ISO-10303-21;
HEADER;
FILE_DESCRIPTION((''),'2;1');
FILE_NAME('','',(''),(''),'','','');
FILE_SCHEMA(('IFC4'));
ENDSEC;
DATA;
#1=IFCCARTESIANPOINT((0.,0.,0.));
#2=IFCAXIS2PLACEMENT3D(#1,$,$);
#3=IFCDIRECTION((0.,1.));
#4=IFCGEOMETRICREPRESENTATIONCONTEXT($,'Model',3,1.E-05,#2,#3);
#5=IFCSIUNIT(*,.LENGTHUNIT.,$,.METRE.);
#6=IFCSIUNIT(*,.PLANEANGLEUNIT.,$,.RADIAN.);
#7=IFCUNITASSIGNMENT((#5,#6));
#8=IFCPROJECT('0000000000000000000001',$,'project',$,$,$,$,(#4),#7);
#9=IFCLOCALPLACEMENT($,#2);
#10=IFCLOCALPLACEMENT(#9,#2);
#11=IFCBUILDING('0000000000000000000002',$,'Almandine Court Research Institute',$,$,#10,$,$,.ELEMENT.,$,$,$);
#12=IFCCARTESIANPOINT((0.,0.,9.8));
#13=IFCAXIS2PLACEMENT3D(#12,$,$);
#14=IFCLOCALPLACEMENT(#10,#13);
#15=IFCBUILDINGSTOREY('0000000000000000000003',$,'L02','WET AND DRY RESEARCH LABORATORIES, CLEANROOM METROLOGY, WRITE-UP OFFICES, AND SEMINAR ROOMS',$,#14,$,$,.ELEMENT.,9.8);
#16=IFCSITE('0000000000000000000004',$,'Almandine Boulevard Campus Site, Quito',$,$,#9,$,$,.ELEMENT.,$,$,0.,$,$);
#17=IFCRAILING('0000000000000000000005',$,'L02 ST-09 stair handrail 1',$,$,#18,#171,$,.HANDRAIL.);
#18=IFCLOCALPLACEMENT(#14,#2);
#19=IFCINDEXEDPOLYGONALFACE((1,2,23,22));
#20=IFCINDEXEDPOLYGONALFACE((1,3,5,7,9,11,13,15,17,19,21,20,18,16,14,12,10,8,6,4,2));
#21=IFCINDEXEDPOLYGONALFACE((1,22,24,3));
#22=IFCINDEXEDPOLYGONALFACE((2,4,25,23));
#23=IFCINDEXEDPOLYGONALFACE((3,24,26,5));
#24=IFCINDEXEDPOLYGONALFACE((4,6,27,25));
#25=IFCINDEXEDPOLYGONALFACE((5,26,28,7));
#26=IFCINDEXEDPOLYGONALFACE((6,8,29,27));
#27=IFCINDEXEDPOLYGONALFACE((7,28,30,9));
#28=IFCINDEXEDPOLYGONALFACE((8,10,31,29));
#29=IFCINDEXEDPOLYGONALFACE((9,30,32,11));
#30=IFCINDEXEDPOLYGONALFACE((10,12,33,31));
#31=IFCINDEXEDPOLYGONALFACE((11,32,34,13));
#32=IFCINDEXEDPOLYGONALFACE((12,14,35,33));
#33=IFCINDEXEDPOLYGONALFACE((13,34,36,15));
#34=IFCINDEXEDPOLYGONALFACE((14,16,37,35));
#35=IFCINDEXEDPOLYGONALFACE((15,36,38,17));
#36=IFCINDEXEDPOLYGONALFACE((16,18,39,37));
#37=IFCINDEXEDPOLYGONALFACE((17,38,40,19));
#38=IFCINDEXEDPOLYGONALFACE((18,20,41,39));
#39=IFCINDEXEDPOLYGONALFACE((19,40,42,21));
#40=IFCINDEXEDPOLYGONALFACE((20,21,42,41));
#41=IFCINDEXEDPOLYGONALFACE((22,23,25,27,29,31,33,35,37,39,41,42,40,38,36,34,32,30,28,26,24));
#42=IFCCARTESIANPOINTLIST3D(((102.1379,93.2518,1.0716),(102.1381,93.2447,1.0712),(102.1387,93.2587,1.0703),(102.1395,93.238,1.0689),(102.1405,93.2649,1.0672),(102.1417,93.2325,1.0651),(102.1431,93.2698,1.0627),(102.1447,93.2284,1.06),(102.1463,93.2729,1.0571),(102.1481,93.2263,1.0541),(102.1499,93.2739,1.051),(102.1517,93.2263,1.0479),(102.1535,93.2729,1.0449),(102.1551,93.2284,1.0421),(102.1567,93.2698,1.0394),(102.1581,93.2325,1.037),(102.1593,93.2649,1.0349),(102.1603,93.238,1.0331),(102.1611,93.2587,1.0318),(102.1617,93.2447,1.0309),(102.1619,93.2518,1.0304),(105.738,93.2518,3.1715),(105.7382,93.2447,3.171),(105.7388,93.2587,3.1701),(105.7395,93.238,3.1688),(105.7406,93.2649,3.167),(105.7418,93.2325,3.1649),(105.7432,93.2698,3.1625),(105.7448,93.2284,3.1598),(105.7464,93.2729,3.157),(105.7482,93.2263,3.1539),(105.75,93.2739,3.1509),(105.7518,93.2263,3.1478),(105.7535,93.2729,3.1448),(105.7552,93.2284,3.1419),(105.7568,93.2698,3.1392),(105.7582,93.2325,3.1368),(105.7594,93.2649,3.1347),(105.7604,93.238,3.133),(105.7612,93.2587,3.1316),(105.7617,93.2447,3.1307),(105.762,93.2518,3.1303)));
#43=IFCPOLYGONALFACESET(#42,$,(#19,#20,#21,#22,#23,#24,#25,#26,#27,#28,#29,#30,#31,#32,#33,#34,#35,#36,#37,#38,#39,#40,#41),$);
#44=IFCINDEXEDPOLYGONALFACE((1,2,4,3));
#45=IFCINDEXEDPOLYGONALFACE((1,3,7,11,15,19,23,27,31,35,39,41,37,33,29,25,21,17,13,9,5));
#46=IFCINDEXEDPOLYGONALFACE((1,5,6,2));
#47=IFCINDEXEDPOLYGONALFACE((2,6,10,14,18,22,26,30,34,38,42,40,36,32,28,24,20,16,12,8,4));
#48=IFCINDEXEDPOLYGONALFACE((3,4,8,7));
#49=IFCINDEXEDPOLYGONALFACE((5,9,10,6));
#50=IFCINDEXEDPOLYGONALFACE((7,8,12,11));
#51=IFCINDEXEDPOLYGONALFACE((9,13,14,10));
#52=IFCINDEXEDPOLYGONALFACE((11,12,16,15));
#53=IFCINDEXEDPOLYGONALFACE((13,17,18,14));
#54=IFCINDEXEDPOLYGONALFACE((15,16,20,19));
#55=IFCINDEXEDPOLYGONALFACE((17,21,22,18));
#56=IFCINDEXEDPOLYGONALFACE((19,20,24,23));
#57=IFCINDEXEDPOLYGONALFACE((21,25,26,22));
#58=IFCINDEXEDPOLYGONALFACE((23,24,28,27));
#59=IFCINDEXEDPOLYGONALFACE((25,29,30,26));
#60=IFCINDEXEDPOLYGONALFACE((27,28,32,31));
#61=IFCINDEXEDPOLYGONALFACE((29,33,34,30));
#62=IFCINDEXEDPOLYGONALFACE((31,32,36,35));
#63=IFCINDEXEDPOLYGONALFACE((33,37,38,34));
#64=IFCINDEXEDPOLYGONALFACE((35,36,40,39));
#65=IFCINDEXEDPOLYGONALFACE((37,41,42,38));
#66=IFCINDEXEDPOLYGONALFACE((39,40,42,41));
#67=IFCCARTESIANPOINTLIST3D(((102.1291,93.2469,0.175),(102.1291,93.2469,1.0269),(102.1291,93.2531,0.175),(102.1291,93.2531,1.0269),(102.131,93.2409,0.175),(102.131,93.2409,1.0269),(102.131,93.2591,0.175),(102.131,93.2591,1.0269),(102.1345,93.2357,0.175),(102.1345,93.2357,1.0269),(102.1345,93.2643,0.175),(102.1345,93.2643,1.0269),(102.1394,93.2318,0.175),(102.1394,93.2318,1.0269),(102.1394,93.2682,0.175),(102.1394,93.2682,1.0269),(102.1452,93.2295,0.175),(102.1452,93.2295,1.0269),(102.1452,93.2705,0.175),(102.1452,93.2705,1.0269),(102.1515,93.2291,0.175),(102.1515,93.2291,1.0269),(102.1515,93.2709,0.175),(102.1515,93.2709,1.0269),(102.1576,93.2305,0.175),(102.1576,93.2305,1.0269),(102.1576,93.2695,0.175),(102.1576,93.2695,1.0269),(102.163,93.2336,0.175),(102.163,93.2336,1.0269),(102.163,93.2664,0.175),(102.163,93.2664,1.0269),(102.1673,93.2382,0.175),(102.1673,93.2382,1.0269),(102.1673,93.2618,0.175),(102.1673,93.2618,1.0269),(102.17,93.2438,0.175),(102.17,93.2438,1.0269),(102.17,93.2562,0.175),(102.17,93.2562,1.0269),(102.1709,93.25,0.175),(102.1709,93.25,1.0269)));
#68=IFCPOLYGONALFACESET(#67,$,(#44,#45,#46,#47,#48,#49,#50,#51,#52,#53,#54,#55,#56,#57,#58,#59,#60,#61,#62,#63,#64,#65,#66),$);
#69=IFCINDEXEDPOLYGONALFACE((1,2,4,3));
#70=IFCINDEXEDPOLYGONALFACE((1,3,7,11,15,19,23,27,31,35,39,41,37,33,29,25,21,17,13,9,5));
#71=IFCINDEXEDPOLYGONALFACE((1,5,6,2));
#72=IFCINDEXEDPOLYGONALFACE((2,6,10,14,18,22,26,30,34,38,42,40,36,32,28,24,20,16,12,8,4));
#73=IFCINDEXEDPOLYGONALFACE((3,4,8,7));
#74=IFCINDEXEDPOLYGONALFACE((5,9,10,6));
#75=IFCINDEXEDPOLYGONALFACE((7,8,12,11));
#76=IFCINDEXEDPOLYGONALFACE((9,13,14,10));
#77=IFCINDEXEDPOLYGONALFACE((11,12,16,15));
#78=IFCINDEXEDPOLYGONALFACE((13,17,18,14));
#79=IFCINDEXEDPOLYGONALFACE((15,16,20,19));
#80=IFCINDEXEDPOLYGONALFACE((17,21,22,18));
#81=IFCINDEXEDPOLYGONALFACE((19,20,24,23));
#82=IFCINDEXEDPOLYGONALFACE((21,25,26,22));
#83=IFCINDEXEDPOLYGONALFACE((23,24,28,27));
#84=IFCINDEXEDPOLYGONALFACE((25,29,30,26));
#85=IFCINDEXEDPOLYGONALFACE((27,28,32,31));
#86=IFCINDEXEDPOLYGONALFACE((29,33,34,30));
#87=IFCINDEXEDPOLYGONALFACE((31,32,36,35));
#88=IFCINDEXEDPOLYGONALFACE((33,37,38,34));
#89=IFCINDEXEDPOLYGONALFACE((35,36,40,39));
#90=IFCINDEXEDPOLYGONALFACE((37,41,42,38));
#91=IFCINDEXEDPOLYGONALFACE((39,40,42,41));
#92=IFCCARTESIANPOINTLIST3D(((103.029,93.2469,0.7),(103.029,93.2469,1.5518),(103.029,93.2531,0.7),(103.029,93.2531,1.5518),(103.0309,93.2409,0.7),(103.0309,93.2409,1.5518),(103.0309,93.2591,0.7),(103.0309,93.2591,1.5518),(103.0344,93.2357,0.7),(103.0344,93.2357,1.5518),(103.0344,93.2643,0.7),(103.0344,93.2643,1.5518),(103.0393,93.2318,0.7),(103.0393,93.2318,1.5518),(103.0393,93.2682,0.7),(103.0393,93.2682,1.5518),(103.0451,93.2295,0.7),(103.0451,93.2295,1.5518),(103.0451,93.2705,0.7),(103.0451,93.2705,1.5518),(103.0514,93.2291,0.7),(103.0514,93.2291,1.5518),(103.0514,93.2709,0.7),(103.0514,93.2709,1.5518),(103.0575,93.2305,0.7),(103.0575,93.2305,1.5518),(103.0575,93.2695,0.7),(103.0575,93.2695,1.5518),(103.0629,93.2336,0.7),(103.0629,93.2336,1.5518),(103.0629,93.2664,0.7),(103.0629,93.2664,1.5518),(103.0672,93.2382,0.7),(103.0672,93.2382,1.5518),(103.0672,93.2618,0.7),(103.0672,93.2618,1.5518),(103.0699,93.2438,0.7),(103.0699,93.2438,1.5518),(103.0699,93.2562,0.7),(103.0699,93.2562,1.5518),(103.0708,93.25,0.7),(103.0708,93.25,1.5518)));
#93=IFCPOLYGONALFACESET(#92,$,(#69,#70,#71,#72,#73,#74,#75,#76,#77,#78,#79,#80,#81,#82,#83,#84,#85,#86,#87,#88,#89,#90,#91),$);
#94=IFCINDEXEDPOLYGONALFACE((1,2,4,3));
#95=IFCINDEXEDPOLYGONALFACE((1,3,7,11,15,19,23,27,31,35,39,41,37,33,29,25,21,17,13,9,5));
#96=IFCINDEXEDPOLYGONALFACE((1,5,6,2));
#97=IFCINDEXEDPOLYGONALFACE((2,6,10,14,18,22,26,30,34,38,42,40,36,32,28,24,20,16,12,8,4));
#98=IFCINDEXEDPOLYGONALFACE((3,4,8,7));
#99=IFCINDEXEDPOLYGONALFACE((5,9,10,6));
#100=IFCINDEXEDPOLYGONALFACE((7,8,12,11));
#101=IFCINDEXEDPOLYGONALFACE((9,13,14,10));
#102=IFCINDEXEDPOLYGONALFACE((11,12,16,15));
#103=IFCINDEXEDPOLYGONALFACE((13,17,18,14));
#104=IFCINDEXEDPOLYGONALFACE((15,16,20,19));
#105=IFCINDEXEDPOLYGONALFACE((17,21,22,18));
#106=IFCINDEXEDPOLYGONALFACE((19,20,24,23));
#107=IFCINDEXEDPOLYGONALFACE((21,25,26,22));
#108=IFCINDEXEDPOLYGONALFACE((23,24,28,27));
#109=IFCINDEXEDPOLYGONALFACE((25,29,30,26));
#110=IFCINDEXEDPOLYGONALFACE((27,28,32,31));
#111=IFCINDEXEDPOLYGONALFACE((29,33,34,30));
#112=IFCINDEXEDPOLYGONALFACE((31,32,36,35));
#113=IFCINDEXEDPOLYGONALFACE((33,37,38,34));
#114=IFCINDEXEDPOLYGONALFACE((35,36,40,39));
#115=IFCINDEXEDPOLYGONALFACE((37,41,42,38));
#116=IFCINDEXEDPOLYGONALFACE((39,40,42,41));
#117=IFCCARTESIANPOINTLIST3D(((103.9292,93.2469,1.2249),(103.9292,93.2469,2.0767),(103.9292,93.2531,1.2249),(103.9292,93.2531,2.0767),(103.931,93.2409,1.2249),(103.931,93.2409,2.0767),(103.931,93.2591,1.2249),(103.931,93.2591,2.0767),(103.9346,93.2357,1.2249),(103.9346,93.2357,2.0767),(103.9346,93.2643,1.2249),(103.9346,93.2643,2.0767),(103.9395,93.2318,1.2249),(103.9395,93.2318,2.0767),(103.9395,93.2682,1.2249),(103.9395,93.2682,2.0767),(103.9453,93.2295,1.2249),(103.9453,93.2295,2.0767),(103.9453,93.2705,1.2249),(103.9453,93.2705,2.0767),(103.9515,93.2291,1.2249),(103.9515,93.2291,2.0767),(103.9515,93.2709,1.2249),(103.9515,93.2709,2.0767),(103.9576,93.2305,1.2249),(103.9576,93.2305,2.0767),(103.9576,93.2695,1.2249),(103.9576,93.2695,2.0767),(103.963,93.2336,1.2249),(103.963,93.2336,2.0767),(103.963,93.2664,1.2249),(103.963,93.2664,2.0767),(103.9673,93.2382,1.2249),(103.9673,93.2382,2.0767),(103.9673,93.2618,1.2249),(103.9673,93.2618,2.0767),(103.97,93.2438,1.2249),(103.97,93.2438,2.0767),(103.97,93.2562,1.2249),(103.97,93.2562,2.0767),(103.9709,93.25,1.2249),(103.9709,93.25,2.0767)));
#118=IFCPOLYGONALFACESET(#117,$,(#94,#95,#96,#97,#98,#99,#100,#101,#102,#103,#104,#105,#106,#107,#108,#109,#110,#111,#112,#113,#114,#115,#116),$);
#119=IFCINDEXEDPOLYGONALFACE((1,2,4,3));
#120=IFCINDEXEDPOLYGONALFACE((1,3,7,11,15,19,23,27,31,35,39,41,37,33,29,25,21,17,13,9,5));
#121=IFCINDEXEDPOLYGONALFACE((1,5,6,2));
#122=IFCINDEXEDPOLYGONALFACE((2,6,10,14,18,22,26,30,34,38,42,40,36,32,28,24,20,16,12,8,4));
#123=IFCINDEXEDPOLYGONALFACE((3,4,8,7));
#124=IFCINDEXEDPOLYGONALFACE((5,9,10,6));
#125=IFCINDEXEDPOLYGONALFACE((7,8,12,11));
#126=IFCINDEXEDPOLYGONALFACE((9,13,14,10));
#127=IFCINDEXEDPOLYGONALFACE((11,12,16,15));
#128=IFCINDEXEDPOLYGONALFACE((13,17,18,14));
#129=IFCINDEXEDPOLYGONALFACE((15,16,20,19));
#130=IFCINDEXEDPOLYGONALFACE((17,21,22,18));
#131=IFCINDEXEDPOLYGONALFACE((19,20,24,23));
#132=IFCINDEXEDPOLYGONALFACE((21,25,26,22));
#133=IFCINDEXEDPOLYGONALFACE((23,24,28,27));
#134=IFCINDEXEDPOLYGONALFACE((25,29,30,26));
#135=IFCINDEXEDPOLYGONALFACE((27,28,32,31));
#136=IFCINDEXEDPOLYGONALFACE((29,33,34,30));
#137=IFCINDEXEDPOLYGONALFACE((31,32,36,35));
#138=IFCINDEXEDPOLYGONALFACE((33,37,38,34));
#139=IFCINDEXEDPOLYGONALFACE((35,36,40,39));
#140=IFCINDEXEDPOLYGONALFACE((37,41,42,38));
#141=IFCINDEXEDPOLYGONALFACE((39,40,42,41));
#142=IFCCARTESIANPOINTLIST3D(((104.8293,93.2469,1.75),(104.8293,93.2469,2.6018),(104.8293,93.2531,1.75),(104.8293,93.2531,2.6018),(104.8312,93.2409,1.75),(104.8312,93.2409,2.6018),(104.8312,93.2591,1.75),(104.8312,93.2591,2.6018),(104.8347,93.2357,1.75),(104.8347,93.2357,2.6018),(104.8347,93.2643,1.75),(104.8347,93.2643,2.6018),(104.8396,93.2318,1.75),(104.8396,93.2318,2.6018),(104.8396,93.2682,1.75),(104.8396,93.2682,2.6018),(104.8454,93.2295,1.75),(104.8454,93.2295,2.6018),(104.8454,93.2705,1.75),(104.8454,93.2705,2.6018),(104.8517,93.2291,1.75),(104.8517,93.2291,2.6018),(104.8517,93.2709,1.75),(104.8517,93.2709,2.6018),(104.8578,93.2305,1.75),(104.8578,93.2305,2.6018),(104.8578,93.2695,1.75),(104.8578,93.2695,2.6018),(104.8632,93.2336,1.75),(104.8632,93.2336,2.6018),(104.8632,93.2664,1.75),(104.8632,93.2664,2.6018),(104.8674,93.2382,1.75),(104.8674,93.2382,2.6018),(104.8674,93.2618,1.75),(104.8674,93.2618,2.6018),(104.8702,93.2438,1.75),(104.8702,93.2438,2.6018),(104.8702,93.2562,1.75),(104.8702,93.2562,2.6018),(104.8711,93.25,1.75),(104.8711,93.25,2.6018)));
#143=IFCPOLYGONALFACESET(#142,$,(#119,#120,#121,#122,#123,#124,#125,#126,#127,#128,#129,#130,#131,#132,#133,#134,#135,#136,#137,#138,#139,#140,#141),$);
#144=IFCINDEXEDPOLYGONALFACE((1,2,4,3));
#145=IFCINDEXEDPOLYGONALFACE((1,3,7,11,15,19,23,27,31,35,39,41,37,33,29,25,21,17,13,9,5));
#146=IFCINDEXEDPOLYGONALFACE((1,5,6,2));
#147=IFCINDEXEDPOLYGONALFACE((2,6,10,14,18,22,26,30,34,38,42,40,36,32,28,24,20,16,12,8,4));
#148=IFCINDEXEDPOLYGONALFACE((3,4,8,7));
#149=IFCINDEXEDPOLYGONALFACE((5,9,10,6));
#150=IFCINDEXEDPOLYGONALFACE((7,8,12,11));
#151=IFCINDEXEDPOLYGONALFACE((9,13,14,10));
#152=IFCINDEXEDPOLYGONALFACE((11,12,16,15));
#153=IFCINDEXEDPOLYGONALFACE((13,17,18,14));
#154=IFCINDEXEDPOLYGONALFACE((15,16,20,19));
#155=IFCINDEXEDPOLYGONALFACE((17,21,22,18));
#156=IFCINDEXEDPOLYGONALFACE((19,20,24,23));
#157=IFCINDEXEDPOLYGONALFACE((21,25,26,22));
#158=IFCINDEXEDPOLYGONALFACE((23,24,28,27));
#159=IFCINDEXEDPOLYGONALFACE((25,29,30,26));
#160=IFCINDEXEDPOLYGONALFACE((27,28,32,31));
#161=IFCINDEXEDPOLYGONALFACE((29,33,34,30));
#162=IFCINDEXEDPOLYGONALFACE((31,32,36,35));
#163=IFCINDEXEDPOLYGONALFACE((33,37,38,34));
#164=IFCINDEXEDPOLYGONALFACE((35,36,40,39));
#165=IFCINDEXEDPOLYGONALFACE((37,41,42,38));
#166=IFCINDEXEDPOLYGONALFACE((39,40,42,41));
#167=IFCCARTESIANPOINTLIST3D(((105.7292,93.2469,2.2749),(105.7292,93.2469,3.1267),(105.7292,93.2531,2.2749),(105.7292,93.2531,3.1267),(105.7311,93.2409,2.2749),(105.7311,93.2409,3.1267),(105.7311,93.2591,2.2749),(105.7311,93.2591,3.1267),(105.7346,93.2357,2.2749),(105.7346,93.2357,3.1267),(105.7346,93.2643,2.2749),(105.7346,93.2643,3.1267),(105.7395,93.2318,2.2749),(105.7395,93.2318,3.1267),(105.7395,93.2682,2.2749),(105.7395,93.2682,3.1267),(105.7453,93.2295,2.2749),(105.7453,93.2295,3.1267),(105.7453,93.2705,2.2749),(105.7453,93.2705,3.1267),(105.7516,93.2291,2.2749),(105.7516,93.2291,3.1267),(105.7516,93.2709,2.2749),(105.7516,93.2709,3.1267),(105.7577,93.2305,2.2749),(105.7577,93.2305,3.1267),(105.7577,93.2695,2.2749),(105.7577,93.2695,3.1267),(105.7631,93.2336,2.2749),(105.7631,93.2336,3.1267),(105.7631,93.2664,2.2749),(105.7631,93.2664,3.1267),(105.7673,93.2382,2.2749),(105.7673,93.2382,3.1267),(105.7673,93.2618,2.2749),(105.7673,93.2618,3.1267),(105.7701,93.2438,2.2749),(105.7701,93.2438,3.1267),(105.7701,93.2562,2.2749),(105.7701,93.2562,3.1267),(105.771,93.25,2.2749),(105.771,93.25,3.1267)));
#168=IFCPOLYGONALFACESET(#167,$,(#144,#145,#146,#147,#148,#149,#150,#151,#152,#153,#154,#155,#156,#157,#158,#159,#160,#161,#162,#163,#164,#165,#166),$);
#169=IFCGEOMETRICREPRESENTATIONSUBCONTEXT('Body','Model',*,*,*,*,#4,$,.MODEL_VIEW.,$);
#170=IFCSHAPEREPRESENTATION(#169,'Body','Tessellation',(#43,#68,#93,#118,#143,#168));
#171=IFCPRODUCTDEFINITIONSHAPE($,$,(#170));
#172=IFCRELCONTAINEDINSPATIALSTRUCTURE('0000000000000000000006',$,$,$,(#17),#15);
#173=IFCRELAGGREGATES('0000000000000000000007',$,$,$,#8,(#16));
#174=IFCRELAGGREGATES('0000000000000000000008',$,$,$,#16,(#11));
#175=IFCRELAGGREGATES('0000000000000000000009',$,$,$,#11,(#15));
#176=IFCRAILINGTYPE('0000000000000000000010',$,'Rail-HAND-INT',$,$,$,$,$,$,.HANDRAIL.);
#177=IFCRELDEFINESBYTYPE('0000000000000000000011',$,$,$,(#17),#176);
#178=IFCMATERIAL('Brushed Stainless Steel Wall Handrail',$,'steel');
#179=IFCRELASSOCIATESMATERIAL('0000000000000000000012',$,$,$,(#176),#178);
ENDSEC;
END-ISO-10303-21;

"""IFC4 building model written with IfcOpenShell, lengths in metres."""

from ifc_helpers import new_model, si_unit, direction, frame, origin, origin_2d, place, context, subcontext, project, spatial, circle, extrude, material, type_object, element, save


model = new_model("IFC4")

# Units and contexts
model_context = context("Model", 3, precision=1e-05, world=origin(), true_north=direction((0.0, 1.0)))
body_context = subcontext(model_context, "Body", "Model", "MODEL_VIEW")
ifc_project = project(units=[si_unit("LENGTHUNIT", "METRE"), si_unit("PLANEANGLEUNIT", "RADIAN")], contexts=[model_context])

# Site, building, storey
site_placement = place(None, origin())
site = spatial("IfcSite", under=ifc_project, at=site_placement, Name="Almandine Boulevard Campus Site, Quito", CompositionType="ELEMENT", RefElevation=0.0)
building_placement = place(site_placement, origin())
building = spatial("IfcBuilding", under=site, at=building_placement, Name="Almandine Court Research Institute", CompositionType="ELEMENT")
storey_placement = place(building_placement, frame((0.0, 0.0, 9.8)))
storey = spatial("IfcBuildingStorey", under=building, at=storey_placement, Name="L02", Description="WET AND DRY RESEARCH LABORATORIES, CLEANROOM METROLOGY, WRITE-UP OFFICES, AND SEMINAR ROOMS", CompositionType="ELEMENT", Elevation=9.8)

# Railing
ifc_material_1 = material(Name="Brushed Stainless Steel Wall Handrail", Category="steel")
railing_type_1 = type_object("IfcRailingType", Name="Rail-HAND-INT", PredefinedType="HANDRAIL", material=ifc_material_1)
railing_1_placement = place(storey_placement, frame((102.1499, 93.25, 0.175)))
element("IfcRailing", 1, at=railing_1_placement, inside=storey, type_object=railing_type_1, Name="L02 ST-09 stair handrail 1", PredefinedType="HANDRAIL", context=body_context, shape_type="SweptSolid", body=[
    extrude(circle(Radius=0.0239, at=origin_2d()), frame((0.0, 0.0, 0.876), z_axis=(0.8638, 0.0, 0.503835), x_axis=(0.0, 1.0, 0.0)), (0.0, 0.0, 1.0), 4.1677),
    extrude(circle(Radius=0.021, at=origin_2d()), origin(), (0.0, 0.0, 1.0), 0.8518),
    extrude(circle(Radius=0.021, at=origin_2d()), frame((0.8999, 0.0, 0.5249)), (0.0, 0.0, 1.0), 0.8518),
    extrude(circle(Radius=0.021, at=origin_2d()), frame((1.8, 0.0, 1.0498)), (0.0, 0.0, 1.0), 0.8518),
    extrude(circle(Radius=0.021, at=origin_2d()), frame((2.7002, 0.0, 1.575)), (0.0, 0.0, 1.0), 0.8518),
    extrude(circle(Radius=0.021, at=origin_2d()), frame((3.6001, 0.0, 2.0999)), (0.0, 0.0, 1.0), 0.8518),
])

save(model, "model.ifc")
